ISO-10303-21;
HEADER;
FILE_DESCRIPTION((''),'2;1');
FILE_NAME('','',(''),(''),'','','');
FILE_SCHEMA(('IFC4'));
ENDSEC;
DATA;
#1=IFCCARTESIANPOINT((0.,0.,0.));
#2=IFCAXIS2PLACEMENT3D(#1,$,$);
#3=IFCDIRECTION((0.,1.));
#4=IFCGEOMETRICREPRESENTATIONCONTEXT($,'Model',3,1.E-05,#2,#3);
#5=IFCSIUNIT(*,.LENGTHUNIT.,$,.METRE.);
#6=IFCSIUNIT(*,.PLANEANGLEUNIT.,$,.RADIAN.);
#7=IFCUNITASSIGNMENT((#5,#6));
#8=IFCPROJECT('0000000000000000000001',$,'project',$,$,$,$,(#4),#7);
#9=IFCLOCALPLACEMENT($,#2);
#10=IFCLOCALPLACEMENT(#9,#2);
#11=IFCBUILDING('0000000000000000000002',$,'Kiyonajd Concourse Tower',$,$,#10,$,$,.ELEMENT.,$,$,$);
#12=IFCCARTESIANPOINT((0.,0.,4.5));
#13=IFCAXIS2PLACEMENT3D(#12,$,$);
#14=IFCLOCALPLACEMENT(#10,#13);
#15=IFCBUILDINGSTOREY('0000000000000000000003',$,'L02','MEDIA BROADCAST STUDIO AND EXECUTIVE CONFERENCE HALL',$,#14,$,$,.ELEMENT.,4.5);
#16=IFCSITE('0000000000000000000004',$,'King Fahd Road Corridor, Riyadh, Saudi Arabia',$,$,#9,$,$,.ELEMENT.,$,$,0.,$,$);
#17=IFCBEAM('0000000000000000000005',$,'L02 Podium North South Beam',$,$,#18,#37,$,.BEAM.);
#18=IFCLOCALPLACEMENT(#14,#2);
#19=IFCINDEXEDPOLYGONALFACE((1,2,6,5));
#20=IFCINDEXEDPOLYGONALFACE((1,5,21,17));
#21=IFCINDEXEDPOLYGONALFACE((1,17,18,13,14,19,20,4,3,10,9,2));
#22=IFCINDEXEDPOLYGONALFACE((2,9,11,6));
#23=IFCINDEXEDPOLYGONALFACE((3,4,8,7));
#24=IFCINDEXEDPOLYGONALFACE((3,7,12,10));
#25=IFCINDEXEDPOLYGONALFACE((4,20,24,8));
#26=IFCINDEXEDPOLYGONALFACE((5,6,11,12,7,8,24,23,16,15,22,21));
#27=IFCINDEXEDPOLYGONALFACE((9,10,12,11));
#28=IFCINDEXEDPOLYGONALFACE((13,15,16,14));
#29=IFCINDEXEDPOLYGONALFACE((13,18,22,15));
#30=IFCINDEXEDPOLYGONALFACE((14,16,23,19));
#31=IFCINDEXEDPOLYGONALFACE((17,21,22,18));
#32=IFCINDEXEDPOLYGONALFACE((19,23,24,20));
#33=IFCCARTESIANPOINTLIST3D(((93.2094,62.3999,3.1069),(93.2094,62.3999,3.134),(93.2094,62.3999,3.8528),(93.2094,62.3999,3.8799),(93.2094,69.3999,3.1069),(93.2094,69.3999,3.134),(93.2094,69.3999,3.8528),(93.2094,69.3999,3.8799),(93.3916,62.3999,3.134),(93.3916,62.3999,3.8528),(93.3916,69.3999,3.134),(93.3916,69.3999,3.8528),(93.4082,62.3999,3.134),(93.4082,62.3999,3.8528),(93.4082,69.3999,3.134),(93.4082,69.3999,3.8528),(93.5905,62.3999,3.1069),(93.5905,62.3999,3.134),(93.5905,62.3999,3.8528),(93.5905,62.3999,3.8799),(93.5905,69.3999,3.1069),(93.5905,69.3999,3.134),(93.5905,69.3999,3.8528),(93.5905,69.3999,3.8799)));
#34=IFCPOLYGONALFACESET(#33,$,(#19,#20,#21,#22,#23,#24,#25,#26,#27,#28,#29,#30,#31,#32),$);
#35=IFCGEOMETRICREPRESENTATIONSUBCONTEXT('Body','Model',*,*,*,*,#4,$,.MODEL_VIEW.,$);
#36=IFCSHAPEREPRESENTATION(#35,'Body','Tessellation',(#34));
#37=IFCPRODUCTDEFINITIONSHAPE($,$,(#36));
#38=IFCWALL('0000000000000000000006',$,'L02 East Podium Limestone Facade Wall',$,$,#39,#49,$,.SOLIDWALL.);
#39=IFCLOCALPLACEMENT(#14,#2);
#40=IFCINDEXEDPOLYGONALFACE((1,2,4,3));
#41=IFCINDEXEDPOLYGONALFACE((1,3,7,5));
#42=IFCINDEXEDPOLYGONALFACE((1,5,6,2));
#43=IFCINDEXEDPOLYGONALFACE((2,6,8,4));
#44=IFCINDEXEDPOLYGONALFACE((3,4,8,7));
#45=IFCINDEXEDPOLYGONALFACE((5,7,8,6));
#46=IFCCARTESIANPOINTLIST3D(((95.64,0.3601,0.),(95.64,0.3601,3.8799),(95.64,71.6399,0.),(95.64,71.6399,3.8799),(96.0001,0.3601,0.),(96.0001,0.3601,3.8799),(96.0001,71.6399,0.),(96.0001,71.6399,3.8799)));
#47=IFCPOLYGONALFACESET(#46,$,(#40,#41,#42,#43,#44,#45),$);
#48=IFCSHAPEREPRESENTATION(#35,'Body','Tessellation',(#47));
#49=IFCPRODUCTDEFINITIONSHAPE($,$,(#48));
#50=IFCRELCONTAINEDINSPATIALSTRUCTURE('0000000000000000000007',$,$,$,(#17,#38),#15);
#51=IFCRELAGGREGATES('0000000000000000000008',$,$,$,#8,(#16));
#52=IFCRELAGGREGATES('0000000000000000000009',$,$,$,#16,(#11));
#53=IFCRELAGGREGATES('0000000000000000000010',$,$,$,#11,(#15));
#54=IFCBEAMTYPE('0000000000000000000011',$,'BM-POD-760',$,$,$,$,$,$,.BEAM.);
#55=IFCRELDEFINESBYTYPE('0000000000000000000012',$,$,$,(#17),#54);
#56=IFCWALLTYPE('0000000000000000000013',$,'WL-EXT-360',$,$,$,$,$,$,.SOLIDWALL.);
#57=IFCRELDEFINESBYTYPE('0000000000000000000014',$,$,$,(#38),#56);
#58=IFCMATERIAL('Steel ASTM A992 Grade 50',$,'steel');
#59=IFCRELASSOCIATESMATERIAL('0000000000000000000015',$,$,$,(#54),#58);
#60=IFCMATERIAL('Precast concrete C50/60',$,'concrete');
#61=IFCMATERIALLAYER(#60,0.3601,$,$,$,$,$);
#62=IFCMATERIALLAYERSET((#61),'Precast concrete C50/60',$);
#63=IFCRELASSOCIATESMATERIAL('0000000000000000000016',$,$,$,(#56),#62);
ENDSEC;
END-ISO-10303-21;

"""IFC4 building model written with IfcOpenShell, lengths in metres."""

from ifc_helpers import new_model, si_unit, direction, frame, frame_2d, origin, origin_2d, place, context, subcontext, project, spatial, rectangle, i_section, extrude, material, layer, layer_set, material_profile, profile_set, type_object, element, save


model = new_model("IFC4")

# Units and contexts
model_context = context("Model", 3, precision=1e-05, world=origin(), true_north=direction((0.0, 1.0)))
body_context = subcontext(model_context, "Body", "Model", "MODEL_VIEW")
ifc_project = project(units=[si_unit("LENGTHUNIT", "METRE"), si_unit("PLANEANGLEUNIT", "RADIAN")], contexts=[model_context])

# Site, building, storey
site_placement = place(None, origin())
site = spatial("IfcSite", under=ifc_project, at=site_placement, Name="King Fahd Road Corridor, Riyadh, Saudi Arabia", CompositionType="ELEMENT", RefElevation=0.0)
building_placement = place(site_placement, origin())
building = spatial("IfcBuilding", under=site, at=building_placement, Name="Kiyonajd Concourse Tower", CompositionType="ELEMENT")
storey_placement = place(building_placement, frame((0.0, 0.0, 4.5)))
storey = spatial("IfcBuildingStorey", under=building, at=storey_placement, Name="L02", Description="MEDIA BROADCAST STUDIO AND EXECUTIVE CONFERENCE HALL", CompositionType="ELEMENT", Elevation=4.5)

# Beam
ifc_material_1 = material(Name="Steel ASTM A992 Grade 50", Category="steel")
ifc_material_profile_1 = material_profile(ifc_material_1, i_section(OverallWidth=0.3811, OverallDepth=0.7729, WebThickness=0.0166, FlangeThickness=0.0271, at=origin_2d()), Name="W760X257")
ifc_profile_set_1 = profile_set([ifc_material_profile_1], Name="Steel ASTM A992 Grade 50")
beam_type = type_object("IfcBeamType", Name="BM-POD-760", PredefinedType="BEAM", material=ifc_profile_set_1)
beam_1_placement = place(storey_placement, frame((93.3999, 62.3999, 3.4934), z_axis=(0.0, 1.0, 0.0), x_axis=(-1.0, 0.0, 0.0)))
element("IfcBeam", 1, at=beam_1_placement, inside=storey, type_object=beam_type, Name="L02 Podium North South Beam", PredefinedType="BEAM", context=body_context, shape_type="SweptSolid", body=[
    extrude(i_section(OverallWidth=0.3811, OverallDepth=0.7729, WebThickness=0.0166, FlangeThickness=0.0271, at=origin_2d()), origin(), (0.0, 0.0, 1.0), 7.0),
])

# Wall
ifc_material_2 = material(Name="Precast concrete C50/60", Category="concrete")
ifc_layer = layer(ifc_material_2, 0.3601)
ifc_layer_set = layer_set([ifc_layer], Name="Precast concrete C50/60")
wall_type = type_object("IfcWallType", Name="WL-EXT-360", PredefinedType="SOLIDWALL", material=ifc_layer_set)
wall_placement = place(storey_placement, frame((95.8201, 71.6399, 0.0), z_axis=(0.0, 0.0, 1.0), x_axis=(0.0, -1.0, 0.0)))
element("IfcWall", 2, at=wall_placement, inside=storey, type_object=wall_type, Name="L02 East Podium Limestone Facade Wall", PredefinedType="SOLIDWALL", context=body_context, shape_type="SweptSolid", body=[
    extrude(rectangle(XDim=71.2798, YDim=0.3601, at=frame_2d((35.6399, 0.0))), origin(), (0.0, 0.0, 1.0), 3.8799),
])

save(model, "model.ifc")
